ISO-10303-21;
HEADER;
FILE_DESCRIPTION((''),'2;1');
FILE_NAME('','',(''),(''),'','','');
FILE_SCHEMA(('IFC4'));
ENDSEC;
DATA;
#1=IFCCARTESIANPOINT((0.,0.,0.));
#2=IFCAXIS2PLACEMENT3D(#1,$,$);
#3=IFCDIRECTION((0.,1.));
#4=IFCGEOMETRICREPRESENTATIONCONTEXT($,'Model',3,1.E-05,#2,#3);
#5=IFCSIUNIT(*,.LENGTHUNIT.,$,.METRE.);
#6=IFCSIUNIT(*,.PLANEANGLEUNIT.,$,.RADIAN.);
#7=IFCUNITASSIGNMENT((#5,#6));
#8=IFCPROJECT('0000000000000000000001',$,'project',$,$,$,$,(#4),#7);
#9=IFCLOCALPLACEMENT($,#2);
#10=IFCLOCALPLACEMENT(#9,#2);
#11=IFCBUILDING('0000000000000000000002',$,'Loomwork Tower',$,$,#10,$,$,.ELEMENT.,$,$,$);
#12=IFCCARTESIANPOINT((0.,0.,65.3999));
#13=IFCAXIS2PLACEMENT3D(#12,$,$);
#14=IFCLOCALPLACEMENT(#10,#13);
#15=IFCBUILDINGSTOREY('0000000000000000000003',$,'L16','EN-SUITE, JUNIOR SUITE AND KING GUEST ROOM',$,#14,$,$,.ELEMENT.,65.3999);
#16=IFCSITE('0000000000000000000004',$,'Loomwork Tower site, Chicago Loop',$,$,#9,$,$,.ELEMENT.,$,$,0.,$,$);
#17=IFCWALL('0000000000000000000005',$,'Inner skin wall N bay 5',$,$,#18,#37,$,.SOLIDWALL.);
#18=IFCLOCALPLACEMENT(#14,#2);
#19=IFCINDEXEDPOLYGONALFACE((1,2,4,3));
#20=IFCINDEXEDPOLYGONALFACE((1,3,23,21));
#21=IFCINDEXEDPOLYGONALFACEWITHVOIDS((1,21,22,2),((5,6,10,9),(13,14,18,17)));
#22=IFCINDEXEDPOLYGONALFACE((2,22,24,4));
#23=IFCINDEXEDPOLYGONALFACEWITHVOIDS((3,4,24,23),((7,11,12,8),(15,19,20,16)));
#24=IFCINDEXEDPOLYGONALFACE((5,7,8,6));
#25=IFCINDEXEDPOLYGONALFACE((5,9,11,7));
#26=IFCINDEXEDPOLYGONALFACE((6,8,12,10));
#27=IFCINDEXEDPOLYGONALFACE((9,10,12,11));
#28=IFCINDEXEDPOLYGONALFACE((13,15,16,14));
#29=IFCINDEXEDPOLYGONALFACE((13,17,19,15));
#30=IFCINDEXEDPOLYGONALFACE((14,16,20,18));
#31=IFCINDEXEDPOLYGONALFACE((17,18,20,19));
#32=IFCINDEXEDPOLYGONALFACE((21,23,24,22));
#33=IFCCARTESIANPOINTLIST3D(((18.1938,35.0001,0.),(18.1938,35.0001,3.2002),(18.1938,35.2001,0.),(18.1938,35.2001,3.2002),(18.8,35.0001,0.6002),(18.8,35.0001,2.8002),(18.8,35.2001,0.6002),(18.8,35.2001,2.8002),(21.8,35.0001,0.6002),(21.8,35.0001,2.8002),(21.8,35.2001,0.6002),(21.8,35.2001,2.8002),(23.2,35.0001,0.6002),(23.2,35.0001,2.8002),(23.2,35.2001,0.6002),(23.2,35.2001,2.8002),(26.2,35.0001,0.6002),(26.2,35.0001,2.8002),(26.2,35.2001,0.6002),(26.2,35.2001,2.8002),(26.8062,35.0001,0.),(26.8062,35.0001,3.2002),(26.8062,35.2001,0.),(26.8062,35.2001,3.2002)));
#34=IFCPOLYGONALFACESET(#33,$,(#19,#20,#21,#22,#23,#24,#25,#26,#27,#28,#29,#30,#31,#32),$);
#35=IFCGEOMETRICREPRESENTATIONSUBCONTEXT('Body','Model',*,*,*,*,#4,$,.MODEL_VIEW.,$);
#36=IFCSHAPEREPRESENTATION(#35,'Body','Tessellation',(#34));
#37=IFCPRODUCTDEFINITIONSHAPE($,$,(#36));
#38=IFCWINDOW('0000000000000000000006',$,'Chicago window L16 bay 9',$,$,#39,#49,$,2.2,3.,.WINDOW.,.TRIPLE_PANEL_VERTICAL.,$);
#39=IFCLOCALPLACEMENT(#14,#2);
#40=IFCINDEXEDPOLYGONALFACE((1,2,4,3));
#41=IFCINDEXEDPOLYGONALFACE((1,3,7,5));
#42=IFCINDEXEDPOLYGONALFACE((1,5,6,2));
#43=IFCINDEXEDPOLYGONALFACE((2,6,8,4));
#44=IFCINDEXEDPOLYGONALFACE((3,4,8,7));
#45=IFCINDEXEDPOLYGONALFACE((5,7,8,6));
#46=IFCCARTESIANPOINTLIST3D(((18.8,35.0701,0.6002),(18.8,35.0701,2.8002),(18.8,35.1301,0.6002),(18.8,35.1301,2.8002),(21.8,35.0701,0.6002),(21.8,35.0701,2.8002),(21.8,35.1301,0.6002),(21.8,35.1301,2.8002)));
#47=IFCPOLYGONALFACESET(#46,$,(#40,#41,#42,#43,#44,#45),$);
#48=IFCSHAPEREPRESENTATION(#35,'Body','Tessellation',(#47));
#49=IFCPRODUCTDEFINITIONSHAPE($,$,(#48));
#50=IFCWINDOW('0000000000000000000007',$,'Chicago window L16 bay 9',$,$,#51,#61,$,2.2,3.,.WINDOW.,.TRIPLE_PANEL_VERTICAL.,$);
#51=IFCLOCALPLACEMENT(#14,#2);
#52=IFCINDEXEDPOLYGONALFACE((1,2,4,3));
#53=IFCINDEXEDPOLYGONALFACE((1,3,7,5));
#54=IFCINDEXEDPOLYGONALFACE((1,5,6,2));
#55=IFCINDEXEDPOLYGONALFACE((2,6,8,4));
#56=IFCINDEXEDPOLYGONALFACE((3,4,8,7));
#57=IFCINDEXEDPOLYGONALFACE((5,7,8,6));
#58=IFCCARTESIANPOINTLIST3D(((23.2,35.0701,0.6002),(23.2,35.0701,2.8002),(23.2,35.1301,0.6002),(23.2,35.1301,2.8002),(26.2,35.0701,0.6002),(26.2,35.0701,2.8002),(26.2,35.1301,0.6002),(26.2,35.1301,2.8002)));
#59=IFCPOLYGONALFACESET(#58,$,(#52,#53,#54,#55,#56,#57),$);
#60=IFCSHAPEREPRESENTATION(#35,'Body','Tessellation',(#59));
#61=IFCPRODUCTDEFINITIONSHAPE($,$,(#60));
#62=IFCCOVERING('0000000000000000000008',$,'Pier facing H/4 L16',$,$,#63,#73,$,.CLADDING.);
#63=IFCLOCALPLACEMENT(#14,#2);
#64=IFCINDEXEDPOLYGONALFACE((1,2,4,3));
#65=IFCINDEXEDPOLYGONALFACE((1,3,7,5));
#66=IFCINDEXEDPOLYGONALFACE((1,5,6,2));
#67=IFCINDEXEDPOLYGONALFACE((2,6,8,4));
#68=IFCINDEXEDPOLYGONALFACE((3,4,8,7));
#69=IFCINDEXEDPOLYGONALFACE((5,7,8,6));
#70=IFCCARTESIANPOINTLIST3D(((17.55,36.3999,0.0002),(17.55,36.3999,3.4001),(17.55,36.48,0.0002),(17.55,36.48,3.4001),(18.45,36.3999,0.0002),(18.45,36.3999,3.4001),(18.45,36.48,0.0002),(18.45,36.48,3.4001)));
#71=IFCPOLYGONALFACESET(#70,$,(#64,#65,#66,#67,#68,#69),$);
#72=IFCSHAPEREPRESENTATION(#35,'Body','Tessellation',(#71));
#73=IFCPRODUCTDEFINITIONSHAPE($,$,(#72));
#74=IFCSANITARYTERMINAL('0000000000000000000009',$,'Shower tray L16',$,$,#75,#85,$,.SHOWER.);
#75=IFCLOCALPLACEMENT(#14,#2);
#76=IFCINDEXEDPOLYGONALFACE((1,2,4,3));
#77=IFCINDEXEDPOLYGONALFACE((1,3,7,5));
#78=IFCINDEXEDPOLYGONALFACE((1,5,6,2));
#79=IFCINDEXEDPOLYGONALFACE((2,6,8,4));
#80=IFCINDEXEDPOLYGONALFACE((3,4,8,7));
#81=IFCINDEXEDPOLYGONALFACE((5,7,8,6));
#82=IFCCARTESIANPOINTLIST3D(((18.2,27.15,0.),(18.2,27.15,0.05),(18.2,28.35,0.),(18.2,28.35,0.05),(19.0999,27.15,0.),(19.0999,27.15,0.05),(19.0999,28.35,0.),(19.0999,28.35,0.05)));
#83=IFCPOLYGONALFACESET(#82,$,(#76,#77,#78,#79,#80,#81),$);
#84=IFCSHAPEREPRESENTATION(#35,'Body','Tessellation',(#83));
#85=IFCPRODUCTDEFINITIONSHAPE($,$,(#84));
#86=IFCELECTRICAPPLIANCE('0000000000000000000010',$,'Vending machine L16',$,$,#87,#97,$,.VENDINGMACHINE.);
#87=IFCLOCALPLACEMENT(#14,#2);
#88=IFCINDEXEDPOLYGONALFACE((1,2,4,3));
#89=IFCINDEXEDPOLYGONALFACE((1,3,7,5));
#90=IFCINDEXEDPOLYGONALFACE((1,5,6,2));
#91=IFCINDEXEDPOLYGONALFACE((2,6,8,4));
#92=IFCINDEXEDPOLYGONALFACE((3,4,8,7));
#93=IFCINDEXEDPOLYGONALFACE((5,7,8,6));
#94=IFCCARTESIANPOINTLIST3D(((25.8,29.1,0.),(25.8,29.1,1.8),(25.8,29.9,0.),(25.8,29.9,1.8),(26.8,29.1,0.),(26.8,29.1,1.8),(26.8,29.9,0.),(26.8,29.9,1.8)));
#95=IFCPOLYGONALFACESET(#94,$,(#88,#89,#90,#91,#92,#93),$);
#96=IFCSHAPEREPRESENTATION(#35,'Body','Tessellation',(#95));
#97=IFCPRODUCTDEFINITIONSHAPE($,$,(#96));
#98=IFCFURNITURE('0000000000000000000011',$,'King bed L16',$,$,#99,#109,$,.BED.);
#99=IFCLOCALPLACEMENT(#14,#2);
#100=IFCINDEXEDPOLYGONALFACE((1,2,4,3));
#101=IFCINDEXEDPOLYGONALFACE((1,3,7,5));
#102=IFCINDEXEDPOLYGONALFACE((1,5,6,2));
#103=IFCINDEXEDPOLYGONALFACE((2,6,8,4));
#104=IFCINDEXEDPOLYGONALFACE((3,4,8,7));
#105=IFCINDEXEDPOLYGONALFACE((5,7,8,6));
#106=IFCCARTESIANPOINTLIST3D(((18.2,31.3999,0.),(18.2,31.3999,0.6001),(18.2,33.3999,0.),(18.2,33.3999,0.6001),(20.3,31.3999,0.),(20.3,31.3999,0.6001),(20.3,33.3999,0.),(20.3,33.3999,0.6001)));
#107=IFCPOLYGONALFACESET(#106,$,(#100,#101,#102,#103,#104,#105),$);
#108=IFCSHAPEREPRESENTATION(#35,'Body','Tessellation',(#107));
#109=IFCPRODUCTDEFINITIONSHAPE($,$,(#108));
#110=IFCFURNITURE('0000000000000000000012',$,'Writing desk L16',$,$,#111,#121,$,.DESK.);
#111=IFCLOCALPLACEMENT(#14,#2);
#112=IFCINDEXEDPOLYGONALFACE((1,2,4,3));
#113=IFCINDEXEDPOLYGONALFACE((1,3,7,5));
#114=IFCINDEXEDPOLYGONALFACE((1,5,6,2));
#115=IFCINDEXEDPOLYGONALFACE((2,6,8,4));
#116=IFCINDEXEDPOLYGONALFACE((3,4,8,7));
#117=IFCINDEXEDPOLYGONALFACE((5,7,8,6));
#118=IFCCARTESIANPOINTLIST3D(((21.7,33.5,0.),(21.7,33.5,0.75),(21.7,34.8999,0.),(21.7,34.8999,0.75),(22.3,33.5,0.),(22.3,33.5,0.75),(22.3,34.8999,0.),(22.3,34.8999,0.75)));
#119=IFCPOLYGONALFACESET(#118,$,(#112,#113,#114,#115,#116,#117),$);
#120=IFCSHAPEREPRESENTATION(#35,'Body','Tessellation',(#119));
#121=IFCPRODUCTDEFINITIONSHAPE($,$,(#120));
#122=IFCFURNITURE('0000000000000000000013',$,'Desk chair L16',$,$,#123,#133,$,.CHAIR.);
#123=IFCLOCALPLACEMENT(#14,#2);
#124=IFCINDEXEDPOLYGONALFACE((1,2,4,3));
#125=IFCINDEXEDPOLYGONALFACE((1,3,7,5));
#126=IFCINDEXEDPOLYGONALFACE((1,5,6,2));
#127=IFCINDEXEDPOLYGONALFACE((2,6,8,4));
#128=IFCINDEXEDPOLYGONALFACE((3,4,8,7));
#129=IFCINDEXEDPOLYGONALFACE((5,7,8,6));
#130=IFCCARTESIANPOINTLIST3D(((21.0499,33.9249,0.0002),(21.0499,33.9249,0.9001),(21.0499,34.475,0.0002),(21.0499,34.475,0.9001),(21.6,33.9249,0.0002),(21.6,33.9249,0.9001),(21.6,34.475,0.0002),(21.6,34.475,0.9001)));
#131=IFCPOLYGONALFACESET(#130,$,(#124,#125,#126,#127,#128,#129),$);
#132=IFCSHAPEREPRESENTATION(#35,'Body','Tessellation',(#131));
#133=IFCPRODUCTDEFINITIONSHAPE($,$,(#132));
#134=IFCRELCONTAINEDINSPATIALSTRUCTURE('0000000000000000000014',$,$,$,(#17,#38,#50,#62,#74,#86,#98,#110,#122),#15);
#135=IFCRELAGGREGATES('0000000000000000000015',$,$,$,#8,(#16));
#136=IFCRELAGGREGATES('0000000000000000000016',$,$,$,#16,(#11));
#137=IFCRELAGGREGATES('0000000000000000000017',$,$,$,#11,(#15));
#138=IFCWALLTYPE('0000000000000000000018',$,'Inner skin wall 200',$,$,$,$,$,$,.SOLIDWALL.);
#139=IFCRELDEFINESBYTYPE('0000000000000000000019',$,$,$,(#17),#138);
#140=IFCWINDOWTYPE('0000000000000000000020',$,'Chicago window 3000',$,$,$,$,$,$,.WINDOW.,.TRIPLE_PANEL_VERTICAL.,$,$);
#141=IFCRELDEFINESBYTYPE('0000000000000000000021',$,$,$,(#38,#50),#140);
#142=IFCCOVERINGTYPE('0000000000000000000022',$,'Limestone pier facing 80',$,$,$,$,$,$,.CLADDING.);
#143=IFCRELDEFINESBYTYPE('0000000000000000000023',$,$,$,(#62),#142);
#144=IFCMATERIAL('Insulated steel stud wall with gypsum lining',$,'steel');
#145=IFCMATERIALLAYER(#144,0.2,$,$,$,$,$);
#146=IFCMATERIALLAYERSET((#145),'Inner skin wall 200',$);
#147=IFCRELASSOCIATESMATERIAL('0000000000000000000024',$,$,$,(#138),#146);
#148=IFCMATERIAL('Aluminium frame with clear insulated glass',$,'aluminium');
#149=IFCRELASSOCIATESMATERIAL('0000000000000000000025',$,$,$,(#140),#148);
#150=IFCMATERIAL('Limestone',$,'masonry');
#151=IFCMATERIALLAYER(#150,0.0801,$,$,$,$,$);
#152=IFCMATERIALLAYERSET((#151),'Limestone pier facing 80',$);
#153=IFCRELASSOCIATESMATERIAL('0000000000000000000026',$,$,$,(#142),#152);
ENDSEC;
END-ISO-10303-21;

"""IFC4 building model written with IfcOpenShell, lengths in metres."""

from ifc_helpers import new_model, si_unit, direction, frame, frame_2d, origin, origin_2d, place, context, subcontext, project, spatial, rectangle, extrude, material, layer, layer_set, type_object, element, fill, save


model = new_model("IFC4")

# Units and contexts
model_context = context("Model", 3, precision=1e-05, world=origin(), true_north=direction((0.0, 1.0)))
body_context = subcontext(model_context, "Body", "Model", "MODEL_VIEW")
ifc_project = project(units=[si_unit("LENGTHUNIT", "METRE"), si_unit("PLANEANGLEUNIT", "RADIAN")], contexts=[model_context])

# Site, building, storey
site_placement = place(None, origin())
site = spatial("IfcSite", under=ifc_project, at=site_placement, Name="Loomwork Tower site, Chicago Loop", CompositionType="ELEMENT", RefElevation=0.0)
building_placement = place(site_placement, origin())
building = spatial("IfcBuilding", under=site, at=building_placement, Name="Loomwork Tower", CompositionType="ELEMENT")
storey_placement = place(building_placement, frame((0.0, 0.0, 65.3999)))
storey = spatial("IfcBuildingStorey", under=building, at=storey_placement, Name="L16", Description="EN-SUITE, JUNIOR SUITE AND KING GUEST ROOM", CompositionType="ELEMENT", Elevation=65.3999)

# Shared definitions
ifc_material_1 = material(Name="Insulated steel stud wall with gypsum lining", Category="steel")
ifc_layer_1 = layer(ifc_material_1, 0.2)
ifc_layer_set_1 = layer_set([ifc_layer_1], Name="Inner skin wall 200")
wall_type_1 = type_object("IfcWallType", Name="Inner skin wall 200", PredefinedType="SOLIDWALL", material=ifc_layer_set_1)

# Wall, openings, windows
wall_1_placement = place(storey_placement, frame((18.1938, 35.1001, 0.0), z_axis=(0.0, 0.0, 1.0), x_axis=(1.0, 0.0, 0.0)))
wall_1 = element("IfcWall", 1, at=wall_1_placement, inside=storey, type_object=wall_type_1, Name="Inner skin wall N bay 5", PredefinedType="SOLIDWALL", context=body_context, shape_type="SweptSolid", body=[
    extrude(rectangle(XDim=8.6123, YDim=0.2, at=frame_2d((4.3062, 0.0))), origin(), (0.0, 0.0, 1.0), 3.2002),
])
opening_1_placement = place(wall_1_placement, frame((0.6062, 0.0, 0.6001)))
opening_1 = element("IfcOpeningElement", 2, at=opening_1_placement, cuts=wall_1, PredefinedType="OPENING", context=body_context, shape_type="SweptSolid", body=[
    extrude(rectangle(XDim=3.0, YDim=2.2, at=frame_2d((1.5, 1.1001))), frame((0.0, 0.1099, 0.0), z_axis=(0.0, -1.0, 0.0), x_axis=(1.0, 0.0, 0.0)), (0.0, 0.0, 1.0), 0.22),
])
opening_2_placement = place(wall_1_placement, frame((5.0061, 0.0, 0.6001)))
opening_2 = element("IfcOpeningElement", 3, at=opening_2_placement, cuts=wall_1, PredefinedType="OPENING", context=body_context, shape_type="SweptSolid", body=[
    extrude(rectangle(XDim=3.0, YDim=2.2, at=frame_2d((1.5, 1.1001))), frame((0.0, 0.1099, 0.0), z_axis=(0.0, -1.0, 0.0), x_axis=(1.0, 0.0, 0.0)), (0.0, 0.0, 1.0), 0.22),
])
ifc_material_2 = material(Name="Aluminium frame with clear insulated glass", Category="aluminium")
window_type = type_object("IfcWindowType", Name="Chicago window 3000", PartitioningType="TRIPLE_PANEL_VERTICAL", PredefinedType="WINDOW", material=ifc_material_2)
window_1_placement = place(opening_1_placement, origin())
window_1 = element("IfcWindow", 4, at=window_1_placement, inside=storey, type_object=window_type, Name="Chicago window L16 bay 9", OverallHeight=2.2, OverallWidth=3.0, PartitioningType="TRIPLE_PANEL_VERTICAL", PredefinedType="WINDOW", context=body_context, shape_type="SweptSolid", body=[
    extrude(rectangle(XDim=3.0, YDim=2.2, at=frame_2d((1.5, 1.1001))), frame((0.0, 0.03, 0.0), z_axis=(0.0, -1.0, 0.0), x_axis=(1.0, 0.0, 0.0)), (0.0, 0.0, 1.0), 0.0601),
])
fill(opening_1, window_1)
window_2_placement = place(opening_2_placement, origin())
window_2 = element("IfcWindow", 5, at=window_2_placement, inside=storey, type_object=window_type, Name="Chicago window L16 bay 9", OverallHeight=2.2, OverallWidth=3.0, PartitioningType="TRIPLE_PANEL_VERTICAL", PredefinedType="WINDOW", context=body_context, shape_type="SweptSolid", body=[
    extrude(rectangle(XDim=3.0, YDim=2.2, at=frame_2d((1.5, 1.1001))), frame((0.0, 0.03, 0.0), z_axis=(0.0, -1.0, 0.0), x_axis=(1.0, 0.0, 0.0)), (0.0, 0.0, 1.0), 0.0601),
])
fill(opening_2, window_2)

# Covering
ifc_material_3 = material(Name="Limestone", Category="masonry")
ifc_layer_2 = layer(ifc_material_3, 0.0801)
ifc_layer_set_2 = layer_set([ifc_layer_2], Name="Limestone pier facing 80")
covering_type = type_object("IfcCoveringType", Name="Limestone pier facing 80", PredefinedType="CLADDING", material=ifc_layer_set_2)
covering_placement = place(storey_placement, frame((18.0, 36.4399, 0.0002), z_axis=(0.0, 0.0, 1.0), x_axis=(1.0, 0.0, 0.0)))
element("IfcCovering", 6, at=covering_placement, inside=storey, type_object=covering_type, Name="Pier facing H/4 L16", PredefinedType="CLADDING", context=body_context, shape_type="SweptSolid", body=[
    extrude(rectangle(XDim=0.8999, YDim=0.0801, at=origin_2d()), origin(), (0.0, 0.0, 1.0), 3.3999),
])

# Sanitary terminal
sanitary_terminal_placement = place(storey_placement, frame((18.6499, 27.75, 0.0), z_axis=(0.0, 0.0, 1.0), x_axis=(1.0, 0.0, 0.0)))
element("IfcSanitaryTerminal", 7, at=sanitary_terminal_placement, inside=storey, Name="Shower tray L16", PredefinedType="SHOWER", context=body_context, shape_type="SweptSolid", body=[
    extrude(rectangle(XDim=0.8999, YDim=1.2, at=origin_2d()), origin(), (0.0, 0.0, 1.0), 0.05),
])

# Electric appliance
electric_appliance_placement = place(storey_placement, frame((26.3, 29.5, 0.0), z_axis=(0.0, 0.0, 1.0), x_axis=(1.0, 0.0, 0.0)))
element("IfcElectricAppliance", 8, at=electric_appliance_placement, inside=storey, Name="Vending machine L16", PredefinedType="VENDINGMACHINE", context=body_context, shape_type="SweptSolid", body=[
    extrude(rectangle(XDim=1.0, YDim=0.8, at=origin_2d()), origin(), (0.0, 0.0, 1.0), 1.8),
])

# Furniture
furniture_1_placement = place(storey_placement, frame((19.25, 32.3999, 0.0), z_axis=(0.0, 0.0, 1.0), x_axis=(1.0, 0.0, 0.0)))
element("IfcFurniture", 9, at=furniture_1_placement, inside=storey, Name="King bed L16", PredefinedType="BED", context=body_context, shape_type="SweptSolid", body=[
    extrude(rectangle(XDim=2.1001, YDim=2.0, at=origin_2d()), origin(), (0.0, 0.0, 1.0), 0.6001),
])
furniture_2_placement = place(storey_placement, frame((22.0, 34.2, 0.0), z_axis=(0.0, 0.0, 1.0), x_axis=(1.0, 0.0, 0.0)))
element("IfcFurniture", 10, at=furniture_2_placement, inside=storey, Name="Writing desk L16", PredefinedType="DESK", context=body_context, shape_type="SweptSolid", body=[
    extrude(rectangle(XDim=0.6001, YDim=1.3999, at=origin_2d()), origin(), (0.0, 0.0, 1.0), 0.75),
])
furniture_3_placement = place(storey_placement, frame((21.325, 34.2, 0.0002), z_axis=(0.0, 0.0, 1.0), x_axis=(1.0, 0.0, 0.0)))
element("IfcFurniture", 11, at=furniture_3_placement, inside=storey, Name="Desk chair L16", PredefinedType="CHAIR", context=body_context, shape_type="SweptSolid", body=[
    extrude(rectangle(XDim=0.55, YDim=0.55, at=origin_2d()), origin(), (0.0, 0.0, 1.0), 0.8999),
])

save(model, "model.ifc")
